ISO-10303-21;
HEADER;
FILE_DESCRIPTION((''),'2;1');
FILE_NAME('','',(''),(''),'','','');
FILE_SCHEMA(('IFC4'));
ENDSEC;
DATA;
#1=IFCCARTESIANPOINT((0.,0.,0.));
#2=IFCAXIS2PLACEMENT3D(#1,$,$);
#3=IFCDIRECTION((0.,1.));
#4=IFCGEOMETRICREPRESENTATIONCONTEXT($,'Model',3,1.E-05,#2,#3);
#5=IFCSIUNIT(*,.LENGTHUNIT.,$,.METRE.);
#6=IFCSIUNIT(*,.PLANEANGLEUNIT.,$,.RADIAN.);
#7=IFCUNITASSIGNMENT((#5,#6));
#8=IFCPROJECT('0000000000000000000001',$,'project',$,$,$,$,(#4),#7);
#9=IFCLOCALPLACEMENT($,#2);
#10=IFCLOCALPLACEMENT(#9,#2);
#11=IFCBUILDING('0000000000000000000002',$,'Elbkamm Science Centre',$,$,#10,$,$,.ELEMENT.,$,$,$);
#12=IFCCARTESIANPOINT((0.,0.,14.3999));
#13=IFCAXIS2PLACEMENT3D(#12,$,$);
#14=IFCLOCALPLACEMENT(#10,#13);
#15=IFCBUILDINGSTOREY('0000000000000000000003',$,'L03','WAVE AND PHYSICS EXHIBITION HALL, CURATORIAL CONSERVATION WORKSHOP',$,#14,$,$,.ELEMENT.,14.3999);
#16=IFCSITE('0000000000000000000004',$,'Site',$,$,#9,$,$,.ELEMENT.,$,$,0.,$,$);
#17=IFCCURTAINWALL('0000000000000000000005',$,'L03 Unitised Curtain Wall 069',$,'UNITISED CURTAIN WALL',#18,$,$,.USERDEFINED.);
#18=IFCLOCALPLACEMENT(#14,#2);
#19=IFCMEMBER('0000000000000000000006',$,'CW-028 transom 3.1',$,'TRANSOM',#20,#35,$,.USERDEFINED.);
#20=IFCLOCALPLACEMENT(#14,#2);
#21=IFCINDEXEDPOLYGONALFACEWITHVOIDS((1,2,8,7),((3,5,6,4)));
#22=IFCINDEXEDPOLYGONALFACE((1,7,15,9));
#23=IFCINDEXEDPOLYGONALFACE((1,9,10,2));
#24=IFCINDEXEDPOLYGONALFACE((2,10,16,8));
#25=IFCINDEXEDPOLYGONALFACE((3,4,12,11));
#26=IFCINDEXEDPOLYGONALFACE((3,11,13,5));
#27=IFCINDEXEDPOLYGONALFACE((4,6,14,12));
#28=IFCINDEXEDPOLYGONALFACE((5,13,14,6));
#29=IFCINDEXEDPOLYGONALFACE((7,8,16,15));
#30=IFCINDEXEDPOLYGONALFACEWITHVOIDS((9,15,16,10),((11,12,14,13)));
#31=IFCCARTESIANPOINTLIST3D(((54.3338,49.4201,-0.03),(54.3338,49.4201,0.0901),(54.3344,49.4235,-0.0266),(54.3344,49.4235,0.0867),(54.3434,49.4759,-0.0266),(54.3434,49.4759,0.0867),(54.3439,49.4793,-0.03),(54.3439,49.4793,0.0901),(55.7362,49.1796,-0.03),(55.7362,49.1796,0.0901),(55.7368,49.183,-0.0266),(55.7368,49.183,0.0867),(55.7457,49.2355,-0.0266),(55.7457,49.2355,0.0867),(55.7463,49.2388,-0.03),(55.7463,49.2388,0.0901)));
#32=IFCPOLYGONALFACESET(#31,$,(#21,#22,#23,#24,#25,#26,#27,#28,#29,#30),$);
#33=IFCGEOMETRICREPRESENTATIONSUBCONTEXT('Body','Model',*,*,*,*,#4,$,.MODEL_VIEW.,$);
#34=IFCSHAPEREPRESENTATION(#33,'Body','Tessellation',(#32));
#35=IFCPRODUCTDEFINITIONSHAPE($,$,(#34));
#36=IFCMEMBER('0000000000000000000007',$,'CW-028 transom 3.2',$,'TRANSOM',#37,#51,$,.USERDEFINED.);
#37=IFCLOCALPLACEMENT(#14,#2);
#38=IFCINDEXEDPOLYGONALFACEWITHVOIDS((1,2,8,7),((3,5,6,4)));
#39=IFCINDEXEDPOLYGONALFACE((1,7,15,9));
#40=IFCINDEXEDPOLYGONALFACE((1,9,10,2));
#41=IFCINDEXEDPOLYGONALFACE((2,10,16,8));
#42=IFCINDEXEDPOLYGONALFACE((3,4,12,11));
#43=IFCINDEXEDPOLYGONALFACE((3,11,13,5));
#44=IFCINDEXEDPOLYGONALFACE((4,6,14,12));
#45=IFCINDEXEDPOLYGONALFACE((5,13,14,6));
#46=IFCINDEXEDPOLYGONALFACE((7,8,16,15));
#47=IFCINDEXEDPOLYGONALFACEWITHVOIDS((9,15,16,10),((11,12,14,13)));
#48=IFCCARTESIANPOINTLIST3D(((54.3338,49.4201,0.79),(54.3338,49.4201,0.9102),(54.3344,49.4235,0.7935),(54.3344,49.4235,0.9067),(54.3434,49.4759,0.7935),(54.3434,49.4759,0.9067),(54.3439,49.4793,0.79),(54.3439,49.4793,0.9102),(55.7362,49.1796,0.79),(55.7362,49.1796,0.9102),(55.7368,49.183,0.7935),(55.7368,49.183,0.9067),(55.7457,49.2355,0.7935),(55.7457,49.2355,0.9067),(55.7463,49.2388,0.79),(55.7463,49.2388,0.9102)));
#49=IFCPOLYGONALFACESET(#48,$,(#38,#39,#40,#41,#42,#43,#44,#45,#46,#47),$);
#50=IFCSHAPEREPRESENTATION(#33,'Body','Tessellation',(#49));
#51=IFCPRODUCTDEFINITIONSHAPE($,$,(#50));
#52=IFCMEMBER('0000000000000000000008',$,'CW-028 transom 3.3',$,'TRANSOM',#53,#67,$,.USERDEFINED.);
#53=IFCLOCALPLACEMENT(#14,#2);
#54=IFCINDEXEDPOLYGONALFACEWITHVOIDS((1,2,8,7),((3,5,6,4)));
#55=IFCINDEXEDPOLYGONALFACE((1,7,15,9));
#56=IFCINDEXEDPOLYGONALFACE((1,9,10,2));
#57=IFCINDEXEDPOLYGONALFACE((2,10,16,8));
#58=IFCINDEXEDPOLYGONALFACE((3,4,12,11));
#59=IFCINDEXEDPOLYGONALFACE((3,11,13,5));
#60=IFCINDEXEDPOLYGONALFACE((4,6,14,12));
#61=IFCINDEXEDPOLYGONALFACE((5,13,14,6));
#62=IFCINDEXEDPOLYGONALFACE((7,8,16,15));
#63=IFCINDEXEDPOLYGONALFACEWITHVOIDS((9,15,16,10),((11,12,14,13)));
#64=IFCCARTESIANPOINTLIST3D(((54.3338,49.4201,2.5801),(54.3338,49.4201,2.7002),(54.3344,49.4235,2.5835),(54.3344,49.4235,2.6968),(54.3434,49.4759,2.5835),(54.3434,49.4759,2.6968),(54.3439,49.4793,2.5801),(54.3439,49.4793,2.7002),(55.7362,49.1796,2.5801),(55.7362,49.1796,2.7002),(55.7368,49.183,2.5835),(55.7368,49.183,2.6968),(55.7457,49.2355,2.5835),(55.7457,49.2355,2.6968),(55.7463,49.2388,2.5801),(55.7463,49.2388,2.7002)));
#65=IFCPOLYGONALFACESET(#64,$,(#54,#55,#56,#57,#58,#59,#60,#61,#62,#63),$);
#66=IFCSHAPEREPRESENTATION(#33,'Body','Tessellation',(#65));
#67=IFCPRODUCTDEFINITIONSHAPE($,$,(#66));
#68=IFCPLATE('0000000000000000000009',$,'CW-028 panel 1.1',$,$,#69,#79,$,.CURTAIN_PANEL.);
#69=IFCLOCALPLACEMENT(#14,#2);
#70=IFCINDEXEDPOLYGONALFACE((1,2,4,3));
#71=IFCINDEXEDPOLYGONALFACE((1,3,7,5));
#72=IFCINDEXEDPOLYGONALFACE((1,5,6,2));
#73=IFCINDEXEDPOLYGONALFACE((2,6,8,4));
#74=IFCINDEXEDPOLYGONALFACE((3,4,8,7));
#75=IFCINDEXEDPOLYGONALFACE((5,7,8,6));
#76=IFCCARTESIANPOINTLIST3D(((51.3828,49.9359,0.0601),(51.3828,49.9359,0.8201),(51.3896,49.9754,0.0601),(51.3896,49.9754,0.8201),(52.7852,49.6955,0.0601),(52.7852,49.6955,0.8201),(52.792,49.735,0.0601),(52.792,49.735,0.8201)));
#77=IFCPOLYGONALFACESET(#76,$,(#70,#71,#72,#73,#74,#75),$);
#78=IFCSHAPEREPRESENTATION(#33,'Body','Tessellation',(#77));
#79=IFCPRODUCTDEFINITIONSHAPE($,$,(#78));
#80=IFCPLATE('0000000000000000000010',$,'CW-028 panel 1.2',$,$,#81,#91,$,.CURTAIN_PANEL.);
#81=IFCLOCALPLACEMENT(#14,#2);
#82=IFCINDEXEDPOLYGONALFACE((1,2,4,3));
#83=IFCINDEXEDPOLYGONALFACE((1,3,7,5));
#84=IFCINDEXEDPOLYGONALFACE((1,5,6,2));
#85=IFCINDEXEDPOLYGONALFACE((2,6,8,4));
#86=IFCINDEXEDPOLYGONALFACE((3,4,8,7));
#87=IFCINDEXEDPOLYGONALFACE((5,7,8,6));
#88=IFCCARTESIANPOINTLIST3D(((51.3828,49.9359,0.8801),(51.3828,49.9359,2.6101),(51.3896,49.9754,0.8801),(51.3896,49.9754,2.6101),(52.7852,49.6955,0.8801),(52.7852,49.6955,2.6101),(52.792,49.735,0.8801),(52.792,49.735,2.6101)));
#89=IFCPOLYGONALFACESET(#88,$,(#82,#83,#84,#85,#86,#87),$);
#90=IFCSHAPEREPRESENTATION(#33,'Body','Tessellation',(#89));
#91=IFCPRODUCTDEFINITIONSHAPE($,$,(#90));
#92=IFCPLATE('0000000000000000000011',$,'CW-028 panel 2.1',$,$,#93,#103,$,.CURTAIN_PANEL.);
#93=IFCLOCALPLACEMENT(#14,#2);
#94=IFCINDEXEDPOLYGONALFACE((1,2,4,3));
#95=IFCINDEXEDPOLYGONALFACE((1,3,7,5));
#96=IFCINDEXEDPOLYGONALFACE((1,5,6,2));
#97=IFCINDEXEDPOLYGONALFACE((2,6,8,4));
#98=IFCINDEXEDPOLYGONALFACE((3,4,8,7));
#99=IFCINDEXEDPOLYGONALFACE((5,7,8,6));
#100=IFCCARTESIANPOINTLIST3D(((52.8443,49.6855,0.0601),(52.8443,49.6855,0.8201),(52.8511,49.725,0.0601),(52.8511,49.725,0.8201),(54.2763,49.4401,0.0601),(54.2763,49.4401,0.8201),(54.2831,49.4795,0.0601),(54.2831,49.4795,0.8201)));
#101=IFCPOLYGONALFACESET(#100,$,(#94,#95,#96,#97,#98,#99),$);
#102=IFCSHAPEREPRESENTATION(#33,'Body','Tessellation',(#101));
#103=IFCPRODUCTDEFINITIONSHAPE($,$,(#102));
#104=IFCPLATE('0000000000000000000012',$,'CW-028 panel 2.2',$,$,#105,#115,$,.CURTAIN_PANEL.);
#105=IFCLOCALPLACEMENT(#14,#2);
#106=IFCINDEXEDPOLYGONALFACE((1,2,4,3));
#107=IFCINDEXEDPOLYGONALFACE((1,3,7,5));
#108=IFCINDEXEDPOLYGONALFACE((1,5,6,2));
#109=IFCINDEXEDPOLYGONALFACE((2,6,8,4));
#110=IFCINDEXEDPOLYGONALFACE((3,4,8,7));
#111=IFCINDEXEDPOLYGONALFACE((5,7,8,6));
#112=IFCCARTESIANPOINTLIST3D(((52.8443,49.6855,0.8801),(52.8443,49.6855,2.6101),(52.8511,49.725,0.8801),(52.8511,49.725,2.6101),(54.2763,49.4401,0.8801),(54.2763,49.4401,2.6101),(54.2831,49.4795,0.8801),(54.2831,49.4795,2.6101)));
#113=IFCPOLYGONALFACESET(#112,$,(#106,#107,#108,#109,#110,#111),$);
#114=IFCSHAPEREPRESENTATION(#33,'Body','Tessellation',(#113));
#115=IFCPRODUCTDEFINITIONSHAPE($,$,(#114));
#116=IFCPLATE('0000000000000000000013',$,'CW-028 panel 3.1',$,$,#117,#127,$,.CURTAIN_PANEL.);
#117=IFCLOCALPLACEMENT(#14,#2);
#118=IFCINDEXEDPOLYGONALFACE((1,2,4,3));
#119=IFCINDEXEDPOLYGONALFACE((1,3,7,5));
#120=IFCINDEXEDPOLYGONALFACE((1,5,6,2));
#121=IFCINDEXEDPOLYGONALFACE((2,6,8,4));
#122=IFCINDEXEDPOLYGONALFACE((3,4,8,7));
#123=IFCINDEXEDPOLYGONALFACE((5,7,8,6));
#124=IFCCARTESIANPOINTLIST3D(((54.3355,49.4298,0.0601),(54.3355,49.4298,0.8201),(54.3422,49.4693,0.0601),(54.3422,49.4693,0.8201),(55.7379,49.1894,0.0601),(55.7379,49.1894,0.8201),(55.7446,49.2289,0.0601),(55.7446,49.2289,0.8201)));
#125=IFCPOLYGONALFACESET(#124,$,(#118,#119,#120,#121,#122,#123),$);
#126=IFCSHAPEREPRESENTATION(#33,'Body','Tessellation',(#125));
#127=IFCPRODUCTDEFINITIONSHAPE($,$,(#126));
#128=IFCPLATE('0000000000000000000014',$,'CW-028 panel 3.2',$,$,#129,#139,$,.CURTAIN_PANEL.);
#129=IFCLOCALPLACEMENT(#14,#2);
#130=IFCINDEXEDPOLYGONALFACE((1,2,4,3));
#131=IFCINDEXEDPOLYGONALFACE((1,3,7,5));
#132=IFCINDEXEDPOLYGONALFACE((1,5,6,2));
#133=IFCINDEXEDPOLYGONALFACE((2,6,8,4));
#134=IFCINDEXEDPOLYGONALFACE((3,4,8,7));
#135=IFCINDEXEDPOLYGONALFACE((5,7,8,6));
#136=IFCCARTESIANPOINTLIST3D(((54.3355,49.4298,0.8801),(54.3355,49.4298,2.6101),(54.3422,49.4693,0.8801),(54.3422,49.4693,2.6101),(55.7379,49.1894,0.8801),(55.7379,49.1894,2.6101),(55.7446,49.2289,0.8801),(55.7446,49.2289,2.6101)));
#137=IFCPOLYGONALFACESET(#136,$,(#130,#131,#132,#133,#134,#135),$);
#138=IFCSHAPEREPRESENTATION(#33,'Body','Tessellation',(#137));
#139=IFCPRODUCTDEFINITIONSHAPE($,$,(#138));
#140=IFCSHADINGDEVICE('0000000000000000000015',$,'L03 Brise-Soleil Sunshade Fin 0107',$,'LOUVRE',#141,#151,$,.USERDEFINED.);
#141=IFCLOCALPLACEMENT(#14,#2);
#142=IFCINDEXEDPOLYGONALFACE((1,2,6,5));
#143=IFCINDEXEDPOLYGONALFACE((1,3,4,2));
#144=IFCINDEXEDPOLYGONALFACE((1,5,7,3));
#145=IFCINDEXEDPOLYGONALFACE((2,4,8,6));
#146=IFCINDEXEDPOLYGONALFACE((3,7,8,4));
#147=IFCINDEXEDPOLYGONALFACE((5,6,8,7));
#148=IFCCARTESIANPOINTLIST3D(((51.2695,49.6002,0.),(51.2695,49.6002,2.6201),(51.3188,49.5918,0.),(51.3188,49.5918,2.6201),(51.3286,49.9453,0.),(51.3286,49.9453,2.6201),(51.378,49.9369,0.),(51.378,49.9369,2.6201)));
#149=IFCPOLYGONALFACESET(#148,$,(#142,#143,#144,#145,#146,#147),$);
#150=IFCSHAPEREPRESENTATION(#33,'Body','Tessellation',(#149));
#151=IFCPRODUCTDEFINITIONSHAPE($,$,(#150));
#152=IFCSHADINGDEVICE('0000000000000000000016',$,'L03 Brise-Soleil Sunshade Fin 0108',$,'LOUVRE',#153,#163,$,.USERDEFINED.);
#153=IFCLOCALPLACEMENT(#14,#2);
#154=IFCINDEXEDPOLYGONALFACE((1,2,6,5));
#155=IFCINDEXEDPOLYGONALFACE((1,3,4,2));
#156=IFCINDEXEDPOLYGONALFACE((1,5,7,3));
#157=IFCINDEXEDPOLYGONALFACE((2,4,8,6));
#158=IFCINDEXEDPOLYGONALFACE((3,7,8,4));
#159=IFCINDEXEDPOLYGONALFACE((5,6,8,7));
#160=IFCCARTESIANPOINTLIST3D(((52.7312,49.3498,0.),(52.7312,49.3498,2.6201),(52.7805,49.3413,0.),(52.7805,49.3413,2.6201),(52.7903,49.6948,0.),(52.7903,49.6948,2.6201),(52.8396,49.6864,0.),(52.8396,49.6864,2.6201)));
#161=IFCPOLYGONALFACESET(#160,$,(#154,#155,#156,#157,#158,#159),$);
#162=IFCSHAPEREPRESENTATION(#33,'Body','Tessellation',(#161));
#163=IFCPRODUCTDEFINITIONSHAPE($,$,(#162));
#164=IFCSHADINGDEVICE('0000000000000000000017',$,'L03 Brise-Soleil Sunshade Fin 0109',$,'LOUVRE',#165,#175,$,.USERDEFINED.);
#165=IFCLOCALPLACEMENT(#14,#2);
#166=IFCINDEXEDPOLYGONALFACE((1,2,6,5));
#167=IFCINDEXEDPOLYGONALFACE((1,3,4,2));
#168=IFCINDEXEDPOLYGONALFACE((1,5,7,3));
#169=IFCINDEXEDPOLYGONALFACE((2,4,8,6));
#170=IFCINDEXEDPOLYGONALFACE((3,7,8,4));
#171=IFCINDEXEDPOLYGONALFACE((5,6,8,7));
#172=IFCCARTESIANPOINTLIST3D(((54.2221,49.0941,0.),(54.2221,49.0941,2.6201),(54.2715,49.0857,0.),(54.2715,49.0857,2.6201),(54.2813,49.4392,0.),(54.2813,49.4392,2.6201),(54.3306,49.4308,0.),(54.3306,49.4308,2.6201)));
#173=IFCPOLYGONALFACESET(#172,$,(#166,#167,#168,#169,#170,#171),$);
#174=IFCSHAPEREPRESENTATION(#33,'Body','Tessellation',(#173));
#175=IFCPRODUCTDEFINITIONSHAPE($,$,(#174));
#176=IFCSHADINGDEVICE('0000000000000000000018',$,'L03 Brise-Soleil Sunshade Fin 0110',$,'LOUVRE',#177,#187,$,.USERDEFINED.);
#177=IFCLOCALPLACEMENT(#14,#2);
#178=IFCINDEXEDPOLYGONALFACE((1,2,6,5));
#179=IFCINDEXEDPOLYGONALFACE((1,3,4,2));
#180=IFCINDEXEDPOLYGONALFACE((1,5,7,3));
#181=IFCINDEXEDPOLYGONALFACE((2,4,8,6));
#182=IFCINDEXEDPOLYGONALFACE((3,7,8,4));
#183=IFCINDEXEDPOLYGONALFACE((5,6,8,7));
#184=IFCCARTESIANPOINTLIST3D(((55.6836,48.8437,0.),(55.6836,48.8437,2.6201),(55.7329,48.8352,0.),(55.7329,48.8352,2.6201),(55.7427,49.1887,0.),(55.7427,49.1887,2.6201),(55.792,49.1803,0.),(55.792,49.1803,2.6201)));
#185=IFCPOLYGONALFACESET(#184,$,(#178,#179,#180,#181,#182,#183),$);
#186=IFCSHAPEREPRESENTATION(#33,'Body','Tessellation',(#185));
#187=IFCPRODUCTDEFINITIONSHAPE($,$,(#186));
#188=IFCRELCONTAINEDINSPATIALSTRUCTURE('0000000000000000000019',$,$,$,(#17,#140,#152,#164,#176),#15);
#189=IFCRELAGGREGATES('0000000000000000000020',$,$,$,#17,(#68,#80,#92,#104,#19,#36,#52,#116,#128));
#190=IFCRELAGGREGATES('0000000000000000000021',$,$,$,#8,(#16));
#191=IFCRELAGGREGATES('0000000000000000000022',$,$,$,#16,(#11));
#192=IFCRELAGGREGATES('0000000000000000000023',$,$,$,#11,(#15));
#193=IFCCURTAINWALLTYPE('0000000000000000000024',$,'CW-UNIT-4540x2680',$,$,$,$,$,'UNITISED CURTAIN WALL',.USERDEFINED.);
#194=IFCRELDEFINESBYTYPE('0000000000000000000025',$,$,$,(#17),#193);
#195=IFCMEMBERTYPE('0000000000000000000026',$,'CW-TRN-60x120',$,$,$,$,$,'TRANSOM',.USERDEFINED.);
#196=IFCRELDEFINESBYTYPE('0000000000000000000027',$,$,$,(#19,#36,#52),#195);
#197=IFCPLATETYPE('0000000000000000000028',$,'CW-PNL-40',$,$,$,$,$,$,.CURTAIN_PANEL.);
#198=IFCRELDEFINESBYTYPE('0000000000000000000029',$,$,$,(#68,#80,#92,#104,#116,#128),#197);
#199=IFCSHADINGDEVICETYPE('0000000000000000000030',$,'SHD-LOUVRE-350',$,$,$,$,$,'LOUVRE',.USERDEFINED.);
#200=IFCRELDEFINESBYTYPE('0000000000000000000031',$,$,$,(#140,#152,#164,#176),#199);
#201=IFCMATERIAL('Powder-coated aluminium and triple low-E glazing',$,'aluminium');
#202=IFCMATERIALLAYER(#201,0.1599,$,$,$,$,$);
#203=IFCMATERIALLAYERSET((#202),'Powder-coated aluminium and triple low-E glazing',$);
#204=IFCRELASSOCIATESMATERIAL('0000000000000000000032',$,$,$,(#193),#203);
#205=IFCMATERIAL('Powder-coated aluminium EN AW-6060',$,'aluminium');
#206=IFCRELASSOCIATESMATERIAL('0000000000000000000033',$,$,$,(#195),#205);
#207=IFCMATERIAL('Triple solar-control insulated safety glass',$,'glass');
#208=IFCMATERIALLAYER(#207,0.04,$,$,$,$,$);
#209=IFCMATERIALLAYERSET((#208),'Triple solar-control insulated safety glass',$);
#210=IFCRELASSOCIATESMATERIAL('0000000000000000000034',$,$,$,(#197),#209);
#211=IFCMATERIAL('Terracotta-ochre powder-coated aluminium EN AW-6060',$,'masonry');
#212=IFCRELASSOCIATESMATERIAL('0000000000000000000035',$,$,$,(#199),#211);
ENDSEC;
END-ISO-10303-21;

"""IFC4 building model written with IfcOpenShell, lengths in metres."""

from ifc_helpers import new_model, si_unit, direction, frame, origin, origin_2d, place, context, subcontext, project, spatial, rectangle, hollow_rectangle, extrude, material, layer, layer_set, material_profile, profile_set, type_object, element, aggregate, save


model = new_model("IFC4")

# Units and contexts
model_context = context("Model", 3, precision=1e-05, world=origin(), true_north=direction((0.0, 1.0)))
body_context = subcontext(model_context, "Body", "Model", "MODEL_VIEW")
ifc_project = project(units=[si_unit("LENGTHUNIT", "METRE"), si_unit("PLANEANGLEUNIT", "RADIAN")], contexts=[model_context])

# Site, building, storey
site_placement = place(None, origin())
site = spatial("IfcSite", under=ifc_project, at=site_placement, Name="Site", CompositionType="ELEMENT", RefElevation=0.0)
building_placement = place(site_placement, origin())
building = spatial("IfcBuilding", under=site, at=building_placement, Name="Elbkamm Science Centre", CompositionType="ELEMENT")
storey_placement = place(building_placement, frame((0.0, 0.0, 14.3999)))
storey = spatial("IfcBuildingStorey", under=building, at=storey_placement, Name="L03", Description="WAVE AND PHYSICS EXHIBITION HALL, CURATORIAL CONSERVATION WORKSHOP", CompositionType="ELEMENT", Elevation=14.3999)

# Curtain wall, members, plates
ifc_material_1 = material(Name="Powder-coated aluminium and triple low-E glazing", Category="aluminium")
ifc_layer_1 = layer(ifc_material_1, 0.1599)
ifc_layer_set_1 = layer_set([ifc_layer_1], Name="Powder-coated aluminium and triple low-E glazing")
curtain_wall_type = type_object("IfcCurtainWallType", Name="CW-UNIT-4540x2680", ElementType="UNITISED CURTAIN WALL", PredefinedType="USERDEFINED", material=ifc_layer_set_1)
curtain_wall_placement = place(storey_placement, origin())
curtain_wall = element("IfcCurtainWall", 1, at=curtain_wall_placement, inside=storey, type_object=curtain_wall_type, Name="L03 Unitised Curtain Wall 069", ObjectType="UNITISED CURTAIN WALL", PredefinedType="USERDEFINED")
ifc_material_2 = material(Name="Powder-coated aluminium EN AW-6060", Category="aluminium")
ifc_material_profile_1 = material_profile(ifc_material_2, hollow_rectangle(XDim=0.0601, YDim=0.1201, WallThickness=0.0034, at=origin_2d()), Name="ALU T60x120")
ifc_profile_set_1 = profile_set([ifc_material_profile_1], Name="Powder-coated aluminium EN AW-6060")
member_type_1 = type_object("IfcMemberType", Name="CW-TRN-60x120", ElementType="TRANSOM", PredefinedType="USERDEFINED", material=ifc_profile_set_1)
member_1_placement = place(storey_placement, frame((54.3389, 49.4497, 0.03), z_axis=(0.985613, -0.169016, 0.0), x_axis=(0.169016, 0.985613, 0.0)))
member_1 = element("IfcMember", 2, at=member_1_placement, type_object=member_type_1, Name="CW-028 transom 3.1", ObjectType="TRANSOM", PredefinedType="USERDEFINED", context=body_context, shape_type="SweptSolid", body=[
    extrude(hollow_rectangle(XDim=0.0601, YDim=0.1201, WallThickness=0.0034, at=origin_2d()), origin(), (0.0, 0.0, 1.0), 1.4229),
])
member_2_placement = place(storey_placement, frame((54.3389, 49.4497, 0.8501), z_axis=(0.985613, -0.169016, 0.0), x_axis=(0.169016, 0.985613, 0.0)))
member_2 = element("IfcMember", 3, at=member_2_placement, type_object=member_type_1, Name="CW-028 transom 3.2", ObjectType="TRANSOM", PredefinedType="USERDEFINED", context=body_context, shape_type="SweptSolid", body=[
    extrude(hollow_rectangle(XDim=0.0601, YDim=0.1201, WallThickness=0.0034, at=origin_2d()), origin(), (0.0, 0.0, 1.0), 1.4229),
])
member_3_placement = place(storey_placement, frame((54.3389, 49.4497, 2.6401), z_axis=(0.985613, -0.169016, 0.0), x_axis=(0.169016, 0.985613, 0.0)))
member_3 = element("IfcMember", 4, at=member_3_placement, type_object=member_type_1, Name="CW-028 transom 3.3", ObjectType="TRANSOM", PredefinedType="USERDEFINED", context=body_context, shape_type="SweptSolid", body=[
    extrude(hollow_rectangle(XDim=0.0601, YDim=0.1201, WallThickness=0.0034, at=origin_2d()), origin(), (0.0, 0.0, 1.0), 1.4229),
])
ifc_material_3 = material(Name="Triple solar-control insulated safety glass", Category="glass")
ifc_layer_2 = layer(ifc_material_3, 0.04)
ifc_layer_set_2 = layer_set([ifc_layer_2], Name="Triple solar-control insulated safety glass")
plate_type = type_object("IfcPlateType", Name="CW-PNL-40", PredefinedType="CURTAIN_PANEL", material=ifc_layer_set_2)
plate_1_placement = place(storey_placement, frame((52.0874, 49.8354, 0.0601), z_axis=(0.0, 0.0, 1.0), x_axis=(0.985627, -0.168939, 0.0)))
plate_1 = element("IfcPlate", 5, at=plate_1_placement, type_object=plate_type, Name="CW-028 panel 1.1", PredefinedType="CURTAIN_PANEL", context=body_context, shape_type="SweptSolid", body=[
    extrude(rectangle(XDim=1.4229, YDim=0.04, at=origin_2d()), origin(), (0.0, 0.0, 1.0), 0.76),
])
plate_2_placement = place(storey_placement, frame((52.0874, 49.8354, 0.8801), z_axis=(0.0, 0.0, 1.0), x_axis=(0.985627, -0.168939, 0.0)))
plate_2 = element("IfcPlate", 6, at=plate_2_placement, type_object=plate_type, Name="CW-028 panel 1.2", PredefinedType="CURTAIN_PANEL", context=body_context, shape_type="SweptSolid", body=[
    extrude(rectangle(XDim=1.4229, YDim=0.04, at=origin_2d()), origin(), (0.0, 0.0, 1.0), 1.73),
])
plate_3_placement = place(storey_placement, frame((53.5637, 49.5825, 0.0601), z_axis=(0.0, 0.0, 1.0), x_axis=(0.985627, -0.168939, 0.0)))
plate_3 = element("IfcPlate", 7, at=plate_3_placement, type_object=plate_type, Name="CW-028 panel 2.1", PredefinedType="CURTAIN_PANEL", context=body_context, shape_type="SweptSolid", body=[
    extrude(rectangle(XDim=1.4529, YDim=0.04, at=origin_2d()), origin(), (0.0, 0.0, 1.0), 0.76),
])
plate_4_placement = place(storey_placement, frame((53.5637, 49.5825, 0.8801), z_axis=(0.0, 0.0, 1.0), x_axis=(0.985627, -0.168939, 0.0)))
plate_4 = element("IfcPlate", 8, at=plate_4_placement, type_object=plate_type, Name="CW-028 panel 2.2", PredefinedType="CURTAIN_PANEL", context=body_context, shape_type="SweptSolid", body=[
    extrude(rectangle(XDim=1.4529, YDim=0.04, at=origin_2d()), origin(), (0.0, 0.0, 1.0), 1.73),
])
plate_5_placement = place(storey_placement, frame((55.04, 49.3293, 0.0601), z_axis=(0.0, 0.0, 1.0), x_axis=(0.985627, -0.168939, 0.0)))
plate_5 = element("IfcPlate", 9, at=plate_5_placement, type_object=plate_type, Name="CW-028 panel 3.1", PredefinedType="CURTAIN_PANEL", context=body_context, shape_type="SweptSolid", body=[
    extrude(rectangle(XDim=1.4229, YDim=0.04, at=origin_2d()), origin(), (0.0, 0.0, 1.0), 0.76),
])
plate_6_placement = place(storey_placement, frame((55.04, 49.3293, 0.8801), z_axis=(0.0, 0.0, 1.0), x_axis=(0.985627, -0.168939, 0.0)))
plate_6 = element("IfcPlate", 10, at=plate_6_placement, type_object=plate_type, Name="CW-028 panel 3.2", PredefinedType="CURTAIN_PANEL", context=body_context, shape_type="SweptSolid", body=[
    extrude(rectangle(XDim=1.4229, YDim=0.04, at=origin_2d()), origin(), (0.0, 0.0, 1.0), 1.73),
])
aggregate(curtain_wall, [plate_1, plate_2, plate_3, plate_4, member_1, member_2, member_3, plate_5, plate_6])

# Shading devices
ifc_material_4 = material(Name="Terracotta-ochre powder-coated aluminium EN AW-6060", Category="masonry")
shading_device_type = type_object("IfcShadingDeviceType", Name="SHD-LOUVRE-350", ElementType="LOUVRE", PredefinedType="USERDEFINED", material=ifc_material_4)
for number, where, z_axis, x_axis, name in (
    (11, (51.3237, 49.7686, 0.0), (0.0, 0.0, 1.0), (-0.168938, -0.985627, 0.0), "L03 Brise-Soleil Sunshade Fin 0107"),
    (12, (52.7854, 49.5181, 0.0), (0.0, 0.0, 1.0), (-0.168938, -0.985627, 0.0), "L03 Brise-Soleil Sunshade Fin 0108"),
    (13, (54.2764, 49.2625, 0.0), (0.0, 0.0, 1.0), (-0.168938, -0.985627, 0.0), "L03 Brise-Soleil Sunshade Fin 0109"),
    (14, (55.7378, 49.012, 0.0), (0.0, 0.0, 1.0), (-0.168938, -0.985627, 0.0), "L03 Brise-Soleil Sunshade Fin 0110"),
):
    element("IfcShadingDevice", number, at=place(storey_placement, frame(where, z_axis=z_axis, x_axis=x_axis)), inside=storey, type_object=shading_device_type, Name=name, ObjectType="LOUVRE", PredefinedType="USERDEFINED", context=body_context, shape_type="SweptSolid", body=[
        extrude(rectangle(XDim=0.3501, YDim=0.05, at=origin_2d()), origin(), (0.0, 0.0, 1.0), 2.6201),
    ])

save(model, "model.ifc")
